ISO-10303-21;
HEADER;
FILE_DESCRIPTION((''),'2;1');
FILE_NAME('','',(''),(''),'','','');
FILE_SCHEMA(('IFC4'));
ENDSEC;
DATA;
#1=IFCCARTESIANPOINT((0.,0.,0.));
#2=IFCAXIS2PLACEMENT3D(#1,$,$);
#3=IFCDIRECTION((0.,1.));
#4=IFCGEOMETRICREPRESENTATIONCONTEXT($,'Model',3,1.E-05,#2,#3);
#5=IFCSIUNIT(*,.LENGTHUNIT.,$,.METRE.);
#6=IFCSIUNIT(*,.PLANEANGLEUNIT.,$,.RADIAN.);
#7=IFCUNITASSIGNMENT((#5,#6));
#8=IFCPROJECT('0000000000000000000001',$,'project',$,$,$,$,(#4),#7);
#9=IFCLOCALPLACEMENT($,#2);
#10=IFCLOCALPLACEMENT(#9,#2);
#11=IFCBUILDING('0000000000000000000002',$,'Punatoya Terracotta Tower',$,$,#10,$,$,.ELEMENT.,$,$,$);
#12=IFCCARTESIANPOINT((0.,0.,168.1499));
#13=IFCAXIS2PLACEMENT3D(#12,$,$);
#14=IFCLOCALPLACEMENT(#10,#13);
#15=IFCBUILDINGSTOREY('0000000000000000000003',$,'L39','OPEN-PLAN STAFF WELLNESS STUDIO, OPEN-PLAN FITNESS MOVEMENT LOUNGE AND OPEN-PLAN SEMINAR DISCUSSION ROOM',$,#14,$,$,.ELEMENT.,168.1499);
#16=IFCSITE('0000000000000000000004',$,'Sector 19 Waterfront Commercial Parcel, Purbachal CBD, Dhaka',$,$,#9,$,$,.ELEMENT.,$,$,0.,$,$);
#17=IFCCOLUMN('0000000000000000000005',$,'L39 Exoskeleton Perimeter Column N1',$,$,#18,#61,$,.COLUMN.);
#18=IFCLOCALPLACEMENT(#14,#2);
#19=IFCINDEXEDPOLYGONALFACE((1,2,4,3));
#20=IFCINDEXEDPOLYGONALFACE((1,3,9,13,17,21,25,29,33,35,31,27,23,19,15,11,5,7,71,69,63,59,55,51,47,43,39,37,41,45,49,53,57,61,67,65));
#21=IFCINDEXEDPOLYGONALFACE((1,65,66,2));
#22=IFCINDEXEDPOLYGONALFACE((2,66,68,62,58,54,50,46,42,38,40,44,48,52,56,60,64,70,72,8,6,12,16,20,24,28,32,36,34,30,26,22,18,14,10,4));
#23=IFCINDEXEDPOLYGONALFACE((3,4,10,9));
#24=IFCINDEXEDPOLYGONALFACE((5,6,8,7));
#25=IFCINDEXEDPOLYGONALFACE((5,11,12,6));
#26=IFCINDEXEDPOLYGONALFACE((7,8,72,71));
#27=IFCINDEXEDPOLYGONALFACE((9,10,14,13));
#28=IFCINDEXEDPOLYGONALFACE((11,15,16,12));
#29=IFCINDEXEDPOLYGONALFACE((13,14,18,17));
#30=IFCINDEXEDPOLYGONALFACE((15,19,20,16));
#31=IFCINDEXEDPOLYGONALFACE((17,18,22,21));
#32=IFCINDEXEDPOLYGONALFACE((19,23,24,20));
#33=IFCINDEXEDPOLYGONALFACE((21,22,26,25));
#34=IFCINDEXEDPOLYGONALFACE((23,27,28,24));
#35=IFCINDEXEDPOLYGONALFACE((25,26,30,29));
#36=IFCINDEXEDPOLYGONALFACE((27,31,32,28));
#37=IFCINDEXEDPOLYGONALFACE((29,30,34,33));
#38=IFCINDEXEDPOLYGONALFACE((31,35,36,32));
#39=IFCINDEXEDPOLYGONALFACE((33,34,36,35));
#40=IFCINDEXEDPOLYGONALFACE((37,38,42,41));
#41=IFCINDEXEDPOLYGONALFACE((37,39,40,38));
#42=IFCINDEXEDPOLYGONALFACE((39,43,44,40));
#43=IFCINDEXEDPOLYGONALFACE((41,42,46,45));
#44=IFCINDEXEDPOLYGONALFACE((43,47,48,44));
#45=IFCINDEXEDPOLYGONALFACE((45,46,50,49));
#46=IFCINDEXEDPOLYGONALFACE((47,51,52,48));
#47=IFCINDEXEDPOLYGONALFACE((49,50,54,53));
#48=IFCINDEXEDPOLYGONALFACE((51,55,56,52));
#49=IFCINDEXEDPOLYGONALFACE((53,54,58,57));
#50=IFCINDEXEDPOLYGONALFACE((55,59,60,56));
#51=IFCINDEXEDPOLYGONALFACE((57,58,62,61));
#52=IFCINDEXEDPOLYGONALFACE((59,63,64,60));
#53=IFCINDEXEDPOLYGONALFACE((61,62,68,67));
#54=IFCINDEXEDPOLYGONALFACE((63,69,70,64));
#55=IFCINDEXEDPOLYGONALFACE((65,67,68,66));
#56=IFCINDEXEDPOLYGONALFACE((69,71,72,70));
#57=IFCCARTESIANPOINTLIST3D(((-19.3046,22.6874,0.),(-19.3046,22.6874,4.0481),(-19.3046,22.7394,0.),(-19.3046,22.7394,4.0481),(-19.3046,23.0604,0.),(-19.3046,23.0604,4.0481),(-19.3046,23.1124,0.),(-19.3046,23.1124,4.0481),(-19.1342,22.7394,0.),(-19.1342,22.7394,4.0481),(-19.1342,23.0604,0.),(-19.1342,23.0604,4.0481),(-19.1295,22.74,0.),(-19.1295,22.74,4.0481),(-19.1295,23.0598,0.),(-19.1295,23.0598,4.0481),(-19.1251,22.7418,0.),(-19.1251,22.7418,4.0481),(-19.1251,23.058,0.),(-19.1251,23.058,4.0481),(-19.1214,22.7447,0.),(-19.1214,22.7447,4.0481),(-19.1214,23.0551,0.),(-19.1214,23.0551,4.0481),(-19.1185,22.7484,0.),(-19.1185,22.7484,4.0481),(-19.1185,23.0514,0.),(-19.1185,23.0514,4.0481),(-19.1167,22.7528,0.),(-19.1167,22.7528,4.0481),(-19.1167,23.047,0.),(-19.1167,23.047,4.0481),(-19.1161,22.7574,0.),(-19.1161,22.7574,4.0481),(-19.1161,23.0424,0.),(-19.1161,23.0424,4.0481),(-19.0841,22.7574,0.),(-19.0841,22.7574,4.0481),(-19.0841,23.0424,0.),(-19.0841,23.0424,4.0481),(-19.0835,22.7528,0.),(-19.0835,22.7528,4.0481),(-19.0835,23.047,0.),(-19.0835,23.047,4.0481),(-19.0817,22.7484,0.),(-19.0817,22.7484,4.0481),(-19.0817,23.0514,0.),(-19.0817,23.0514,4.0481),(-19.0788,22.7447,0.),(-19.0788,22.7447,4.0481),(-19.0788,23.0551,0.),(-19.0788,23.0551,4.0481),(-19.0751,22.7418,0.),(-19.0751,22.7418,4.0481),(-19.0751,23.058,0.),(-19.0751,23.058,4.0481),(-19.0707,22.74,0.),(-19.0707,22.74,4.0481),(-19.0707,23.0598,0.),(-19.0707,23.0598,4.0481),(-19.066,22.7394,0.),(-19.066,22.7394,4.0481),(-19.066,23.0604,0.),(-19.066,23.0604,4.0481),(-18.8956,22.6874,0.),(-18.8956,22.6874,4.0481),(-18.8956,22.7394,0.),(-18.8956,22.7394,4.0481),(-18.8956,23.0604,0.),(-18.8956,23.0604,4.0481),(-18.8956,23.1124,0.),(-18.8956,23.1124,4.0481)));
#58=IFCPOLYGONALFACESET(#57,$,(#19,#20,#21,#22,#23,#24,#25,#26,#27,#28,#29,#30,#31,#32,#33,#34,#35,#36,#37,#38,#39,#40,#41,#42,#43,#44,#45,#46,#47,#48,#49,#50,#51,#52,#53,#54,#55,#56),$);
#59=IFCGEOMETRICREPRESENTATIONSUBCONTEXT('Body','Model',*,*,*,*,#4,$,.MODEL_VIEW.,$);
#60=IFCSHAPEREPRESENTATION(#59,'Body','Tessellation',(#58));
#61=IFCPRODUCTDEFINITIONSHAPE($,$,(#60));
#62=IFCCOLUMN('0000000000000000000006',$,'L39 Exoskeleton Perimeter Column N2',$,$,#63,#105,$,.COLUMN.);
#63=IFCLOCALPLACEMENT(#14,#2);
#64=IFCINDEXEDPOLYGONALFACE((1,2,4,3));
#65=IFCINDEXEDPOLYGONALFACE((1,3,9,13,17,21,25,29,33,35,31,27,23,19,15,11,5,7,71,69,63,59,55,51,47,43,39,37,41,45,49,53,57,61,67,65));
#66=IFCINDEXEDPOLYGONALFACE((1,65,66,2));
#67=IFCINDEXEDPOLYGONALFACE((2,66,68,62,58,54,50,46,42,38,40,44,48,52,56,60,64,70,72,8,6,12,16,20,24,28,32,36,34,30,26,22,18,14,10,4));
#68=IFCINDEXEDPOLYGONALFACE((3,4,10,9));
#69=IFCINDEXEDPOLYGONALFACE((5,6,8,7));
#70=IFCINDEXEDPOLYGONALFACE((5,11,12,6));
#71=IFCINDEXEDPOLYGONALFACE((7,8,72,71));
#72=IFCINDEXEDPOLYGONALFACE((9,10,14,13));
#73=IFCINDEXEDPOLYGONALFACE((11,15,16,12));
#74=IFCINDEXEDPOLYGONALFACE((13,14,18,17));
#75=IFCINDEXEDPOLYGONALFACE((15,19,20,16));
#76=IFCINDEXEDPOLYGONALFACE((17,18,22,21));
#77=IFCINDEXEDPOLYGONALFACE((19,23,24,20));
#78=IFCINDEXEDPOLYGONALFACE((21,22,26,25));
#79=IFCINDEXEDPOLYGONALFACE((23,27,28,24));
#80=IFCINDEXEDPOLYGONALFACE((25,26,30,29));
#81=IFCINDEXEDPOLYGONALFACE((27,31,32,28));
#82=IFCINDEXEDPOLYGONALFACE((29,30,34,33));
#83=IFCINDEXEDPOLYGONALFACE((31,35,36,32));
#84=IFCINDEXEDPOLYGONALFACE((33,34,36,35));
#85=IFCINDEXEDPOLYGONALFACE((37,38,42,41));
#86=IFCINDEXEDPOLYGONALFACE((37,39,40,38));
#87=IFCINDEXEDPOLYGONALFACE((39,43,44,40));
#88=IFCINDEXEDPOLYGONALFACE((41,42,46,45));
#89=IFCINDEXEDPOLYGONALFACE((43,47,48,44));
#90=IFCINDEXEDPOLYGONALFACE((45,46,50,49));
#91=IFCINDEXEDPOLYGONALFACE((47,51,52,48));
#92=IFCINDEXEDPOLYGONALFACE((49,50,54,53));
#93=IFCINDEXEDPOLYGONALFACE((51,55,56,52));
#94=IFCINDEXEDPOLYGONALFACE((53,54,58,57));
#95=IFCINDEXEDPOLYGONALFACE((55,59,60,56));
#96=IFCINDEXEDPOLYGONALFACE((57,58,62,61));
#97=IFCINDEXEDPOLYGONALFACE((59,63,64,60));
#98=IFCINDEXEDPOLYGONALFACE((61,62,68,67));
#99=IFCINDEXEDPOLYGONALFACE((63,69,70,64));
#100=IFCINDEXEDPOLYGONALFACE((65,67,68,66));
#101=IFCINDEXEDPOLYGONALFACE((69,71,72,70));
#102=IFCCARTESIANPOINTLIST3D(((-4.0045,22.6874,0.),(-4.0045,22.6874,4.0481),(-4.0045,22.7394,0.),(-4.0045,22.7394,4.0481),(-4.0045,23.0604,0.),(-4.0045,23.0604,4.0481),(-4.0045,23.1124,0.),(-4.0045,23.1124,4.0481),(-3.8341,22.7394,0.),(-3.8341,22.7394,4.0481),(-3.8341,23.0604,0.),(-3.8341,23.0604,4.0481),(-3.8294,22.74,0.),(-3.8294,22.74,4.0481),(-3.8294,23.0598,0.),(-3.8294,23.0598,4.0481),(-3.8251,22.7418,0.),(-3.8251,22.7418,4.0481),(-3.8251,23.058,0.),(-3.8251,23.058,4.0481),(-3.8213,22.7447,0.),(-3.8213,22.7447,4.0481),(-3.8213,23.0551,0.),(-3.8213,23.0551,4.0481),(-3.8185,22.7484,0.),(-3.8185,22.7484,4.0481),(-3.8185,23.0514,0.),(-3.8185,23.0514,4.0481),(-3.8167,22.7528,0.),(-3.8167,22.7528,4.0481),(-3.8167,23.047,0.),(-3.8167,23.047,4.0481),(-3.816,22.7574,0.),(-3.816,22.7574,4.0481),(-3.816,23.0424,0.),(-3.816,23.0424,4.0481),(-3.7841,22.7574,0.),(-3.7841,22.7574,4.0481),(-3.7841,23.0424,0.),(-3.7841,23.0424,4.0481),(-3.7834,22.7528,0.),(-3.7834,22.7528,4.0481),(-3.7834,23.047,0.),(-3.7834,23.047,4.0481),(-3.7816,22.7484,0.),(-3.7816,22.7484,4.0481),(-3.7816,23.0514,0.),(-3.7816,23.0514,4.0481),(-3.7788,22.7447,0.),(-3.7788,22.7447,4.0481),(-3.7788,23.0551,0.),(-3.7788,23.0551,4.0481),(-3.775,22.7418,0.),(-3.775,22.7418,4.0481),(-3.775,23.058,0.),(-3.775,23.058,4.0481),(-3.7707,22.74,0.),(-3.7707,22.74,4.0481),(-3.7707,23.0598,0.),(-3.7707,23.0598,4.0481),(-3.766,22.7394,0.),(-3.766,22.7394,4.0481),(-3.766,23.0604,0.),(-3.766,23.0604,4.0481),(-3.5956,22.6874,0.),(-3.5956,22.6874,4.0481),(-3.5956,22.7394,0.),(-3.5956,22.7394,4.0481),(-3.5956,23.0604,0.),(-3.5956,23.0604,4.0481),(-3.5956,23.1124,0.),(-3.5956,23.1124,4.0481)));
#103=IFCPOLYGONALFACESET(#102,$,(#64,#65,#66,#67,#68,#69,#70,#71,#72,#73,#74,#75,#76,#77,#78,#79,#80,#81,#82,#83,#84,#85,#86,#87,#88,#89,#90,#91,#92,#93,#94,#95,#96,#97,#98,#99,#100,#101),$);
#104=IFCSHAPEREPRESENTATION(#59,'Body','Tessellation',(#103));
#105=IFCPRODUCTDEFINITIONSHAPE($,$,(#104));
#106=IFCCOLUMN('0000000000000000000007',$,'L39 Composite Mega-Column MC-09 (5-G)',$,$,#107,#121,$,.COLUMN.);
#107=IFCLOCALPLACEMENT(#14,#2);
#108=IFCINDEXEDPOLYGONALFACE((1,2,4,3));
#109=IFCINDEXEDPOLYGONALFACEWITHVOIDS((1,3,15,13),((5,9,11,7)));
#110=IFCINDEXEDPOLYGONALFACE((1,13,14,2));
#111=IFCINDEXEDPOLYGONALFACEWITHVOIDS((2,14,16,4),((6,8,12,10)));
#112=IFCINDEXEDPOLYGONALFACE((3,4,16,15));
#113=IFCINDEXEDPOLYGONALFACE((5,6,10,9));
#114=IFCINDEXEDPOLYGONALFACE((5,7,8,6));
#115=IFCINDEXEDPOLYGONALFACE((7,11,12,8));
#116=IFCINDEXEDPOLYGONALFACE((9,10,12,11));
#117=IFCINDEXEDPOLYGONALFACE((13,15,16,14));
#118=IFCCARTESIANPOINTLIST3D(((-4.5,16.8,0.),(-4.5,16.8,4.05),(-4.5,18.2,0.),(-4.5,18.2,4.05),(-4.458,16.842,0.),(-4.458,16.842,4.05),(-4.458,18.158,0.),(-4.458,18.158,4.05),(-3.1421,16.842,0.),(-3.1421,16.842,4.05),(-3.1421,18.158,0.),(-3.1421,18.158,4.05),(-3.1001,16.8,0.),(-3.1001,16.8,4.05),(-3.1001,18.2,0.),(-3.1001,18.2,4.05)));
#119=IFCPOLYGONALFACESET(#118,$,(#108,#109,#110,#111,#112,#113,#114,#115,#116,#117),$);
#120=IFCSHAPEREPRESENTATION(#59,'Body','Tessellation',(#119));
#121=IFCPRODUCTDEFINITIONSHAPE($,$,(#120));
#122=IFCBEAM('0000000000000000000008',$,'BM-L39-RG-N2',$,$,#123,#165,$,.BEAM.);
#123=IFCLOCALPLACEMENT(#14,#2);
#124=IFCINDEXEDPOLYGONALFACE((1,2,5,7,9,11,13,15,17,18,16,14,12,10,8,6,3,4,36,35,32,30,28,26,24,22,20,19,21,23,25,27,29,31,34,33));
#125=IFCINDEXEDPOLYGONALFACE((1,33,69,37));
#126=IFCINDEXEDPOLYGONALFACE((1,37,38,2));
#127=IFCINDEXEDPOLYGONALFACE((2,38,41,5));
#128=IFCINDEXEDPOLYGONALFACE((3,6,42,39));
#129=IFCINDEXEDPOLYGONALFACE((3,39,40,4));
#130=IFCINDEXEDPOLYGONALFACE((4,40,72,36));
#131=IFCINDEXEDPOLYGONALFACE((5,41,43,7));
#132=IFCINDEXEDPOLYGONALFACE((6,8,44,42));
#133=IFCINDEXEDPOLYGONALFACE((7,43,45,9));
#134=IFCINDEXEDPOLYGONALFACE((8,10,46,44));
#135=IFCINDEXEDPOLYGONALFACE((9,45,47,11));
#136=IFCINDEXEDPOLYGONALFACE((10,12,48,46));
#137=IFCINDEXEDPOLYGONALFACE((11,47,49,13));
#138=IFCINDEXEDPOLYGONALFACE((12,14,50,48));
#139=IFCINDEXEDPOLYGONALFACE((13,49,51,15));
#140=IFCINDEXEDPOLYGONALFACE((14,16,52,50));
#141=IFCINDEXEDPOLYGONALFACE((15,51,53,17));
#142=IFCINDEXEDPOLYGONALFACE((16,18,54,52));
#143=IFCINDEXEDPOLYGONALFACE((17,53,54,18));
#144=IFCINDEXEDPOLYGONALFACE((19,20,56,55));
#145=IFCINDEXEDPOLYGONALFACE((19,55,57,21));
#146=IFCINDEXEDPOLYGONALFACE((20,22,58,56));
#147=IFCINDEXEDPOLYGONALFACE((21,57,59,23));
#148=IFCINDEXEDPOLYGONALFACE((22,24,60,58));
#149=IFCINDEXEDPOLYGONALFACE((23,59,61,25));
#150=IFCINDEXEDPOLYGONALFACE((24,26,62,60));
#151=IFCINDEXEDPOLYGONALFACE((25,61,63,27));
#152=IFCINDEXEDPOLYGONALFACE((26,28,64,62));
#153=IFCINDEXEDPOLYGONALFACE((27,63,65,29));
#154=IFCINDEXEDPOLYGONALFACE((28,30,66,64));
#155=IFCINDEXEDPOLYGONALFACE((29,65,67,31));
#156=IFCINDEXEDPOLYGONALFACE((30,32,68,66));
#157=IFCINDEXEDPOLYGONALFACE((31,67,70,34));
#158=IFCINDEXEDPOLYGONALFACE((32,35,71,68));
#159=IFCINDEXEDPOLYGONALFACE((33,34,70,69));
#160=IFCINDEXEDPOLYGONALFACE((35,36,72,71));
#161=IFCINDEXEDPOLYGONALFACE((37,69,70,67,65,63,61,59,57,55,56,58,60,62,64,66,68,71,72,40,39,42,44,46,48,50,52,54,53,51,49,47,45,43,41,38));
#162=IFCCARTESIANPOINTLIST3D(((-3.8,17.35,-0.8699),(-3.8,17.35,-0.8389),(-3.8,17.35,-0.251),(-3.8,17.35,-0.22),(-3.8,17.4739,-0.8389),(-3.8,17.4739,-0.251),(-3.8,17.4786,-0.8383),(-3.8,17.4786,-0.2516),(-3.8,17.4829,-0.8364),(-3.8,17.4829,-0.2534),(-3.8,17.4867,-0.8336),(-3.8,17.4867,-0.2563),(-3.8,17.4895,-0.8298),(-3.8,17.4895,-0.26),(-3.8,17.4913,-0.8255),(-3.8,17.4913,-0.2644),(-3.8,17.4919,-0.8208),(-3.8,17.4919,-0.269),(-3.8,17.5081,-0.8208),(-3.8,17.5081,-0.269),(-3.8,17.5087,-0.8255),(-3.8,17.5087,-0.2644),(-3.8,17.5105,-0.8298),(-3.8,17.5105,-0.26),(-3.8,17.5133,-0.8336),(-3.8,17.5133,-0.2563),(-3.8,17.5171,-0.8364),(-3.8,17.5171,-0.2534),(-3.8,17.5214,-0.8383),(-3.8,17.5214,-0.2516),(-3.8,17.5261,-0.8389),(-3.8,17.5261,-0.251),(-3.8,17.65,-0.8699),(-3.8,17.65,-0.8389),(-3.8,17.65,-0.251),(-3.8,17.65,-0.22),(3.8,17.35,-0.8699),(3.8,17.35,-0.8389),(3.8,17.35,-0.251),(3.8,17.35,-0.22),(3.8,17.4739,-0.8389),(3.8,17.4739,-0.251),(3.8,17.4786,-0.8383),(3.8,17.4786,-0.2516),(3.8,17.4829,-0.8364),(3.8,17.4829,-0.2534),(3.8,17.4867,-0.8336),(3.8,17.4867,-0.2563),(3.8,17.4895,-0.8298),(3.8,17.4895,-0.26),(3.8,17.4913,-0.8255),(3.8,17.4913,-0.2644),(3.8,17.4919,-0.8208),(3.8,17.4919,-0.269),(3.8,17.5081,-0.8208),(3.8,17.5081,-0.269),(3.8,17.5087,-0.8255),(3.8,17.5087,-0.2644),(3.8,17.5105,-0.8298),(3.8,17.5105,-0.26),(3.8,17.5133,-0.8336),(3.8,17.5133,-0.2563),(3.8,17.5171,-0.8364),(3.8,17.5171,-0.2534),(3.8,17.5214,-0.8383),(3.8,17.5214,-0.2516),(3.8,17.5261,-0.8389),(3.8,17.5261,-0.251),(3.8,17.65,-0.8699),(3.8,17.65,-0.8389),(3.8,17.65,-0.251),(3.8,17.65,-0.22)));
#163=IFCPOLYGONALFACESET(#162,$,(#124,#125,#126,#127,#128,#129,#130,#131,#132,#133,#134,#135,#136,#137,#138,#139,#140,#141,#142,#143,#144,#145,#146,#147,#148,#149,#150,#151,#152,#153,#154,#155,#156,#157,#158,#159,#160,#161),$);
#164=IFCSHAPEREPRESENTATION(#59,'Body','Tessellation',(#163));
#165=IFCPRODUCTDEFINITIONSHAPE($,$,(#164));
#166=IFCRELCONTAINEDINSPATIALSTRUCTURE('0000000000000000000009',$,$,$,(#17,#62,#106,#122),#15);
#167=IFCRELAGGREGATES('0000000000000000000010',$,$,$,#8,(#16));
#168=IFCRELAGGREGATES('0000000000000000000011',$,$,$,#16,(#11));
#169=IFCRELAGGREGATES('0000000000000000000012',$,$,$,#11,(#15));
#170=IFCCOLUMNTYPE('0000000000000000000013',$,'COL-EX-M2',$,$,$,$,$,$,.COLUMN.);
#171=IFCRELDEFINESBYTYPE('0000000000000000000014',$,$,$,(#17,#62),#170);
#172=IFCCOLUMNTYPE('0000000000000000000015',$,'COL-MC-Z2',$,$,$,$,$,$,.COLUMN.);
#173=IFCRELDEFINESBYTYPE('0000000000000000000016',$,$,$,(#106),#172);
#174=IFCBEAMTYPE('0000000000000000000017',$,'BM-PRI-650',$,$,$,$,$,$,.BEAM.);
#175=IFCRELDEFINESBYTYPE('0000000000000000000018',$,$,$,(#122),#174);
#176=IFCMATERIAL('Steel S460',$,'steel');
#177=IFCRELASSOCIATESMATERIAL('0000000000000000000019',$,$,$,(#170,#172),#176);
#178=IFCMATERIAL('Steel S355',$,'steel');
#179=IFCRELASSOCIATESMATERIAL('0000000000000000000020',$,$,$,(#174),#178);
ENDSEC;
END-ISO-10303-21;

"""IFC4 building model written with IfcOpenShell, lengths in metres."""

from ifc_helpers import new_model, si_unit, direction, frame, origin, origin_2d, place, context, subcontext, project, spatial, hollow_rectangle, i_section, extrude, material, material_profile, profile_set, type_object, element, save


model = new_model("IFC4")

# Units and contexts
model_context = context("Model", 3, precision=1e-05, world=origin(), true_north=direction((0.0, 1.0)))
body_context = subcontext(model_context, "Body", "Model", "MODEL_VIEW")
ifc_project = project(units=[si_unit("LENGTHUNIT", "METRE"), si_unit("PLANEANGLEUNIT", "RADIAN")], contexts=[model_context])

# Site, building, storey
site_placement = place(None, origin())
site = spatial("IfcSite", under=ifc_project, at=site_placement, Name="Sector 19 Waterfront Commercial Parcel, Purbachal CBD, Dhaka", CompositionType="ELEMENT", RefElevation=0.0)
building_placement = place(site_placement, origin())
building = spatial("IfcBuilding", under=site, at=building_placement, Name="Punatoya Terracotta Tower", CompositionType="ELEMENT")
storey_placement = place(building_placement, frame((0.0, 0.0, 168.1499)))
storey = spatial("IfcBuildingStorey", under=building, at=storey_placement, Name="L39", Description="OPEN-PLAN STAFF WELLNESS STUDIO, OPEN-PLAN FITNESS MOVEMENT LOUNGE AND OPEN-PLAN SEMINAR DISCUSSION ROOM", CompositionType="ELEMENT", Elevation=168.1499)

# Columns
ifc_material_1 = material(Name="Steel S460", Category="steel")
ifc_material_profile_1 = material_profile(ifc_material_1, i_section(OverallWidth=0.4089, OverallDepth=0.425, WebThickness=0.032, FlangeThickness=0.052, FilletRadius=0.0181, at=origin_2d()))
ifc_profile_set_1 = profile_set([ifc_material_profile_1], Name="Steel S460")
column_type_1 = type_object("IfcColumnType", Name="COL-EX-M2", PredefinedType="COLUMN", material=ifc_profile_set_1)
for number, where, z_axis, x_axis, name in (
    (1, (-19.1001, 22.8999, 0.0), (0.0, 0.0, 1.0), (1.0, 0.0, 0.0), "L39 Exoskeleton Perimeter Column N1"),
    (2, (-3.8, 22.8999, 0.0), (0.0, 0.0, 1.0), (1.0, 0.0, 0.0), "L39 Exoskeleton Perimeter Column N2"),
):
    element("IfcColumn", number, at=place(storey_placement, frame(where, z_axis=z_axis, x_axis=x_axis)), inside=storey, type_object=column_type_1, Name=name, PredefinedType="COLUMN", context=body_context, shape_type="SweptSolid", body=[
        extrude(i_section(OverallWidth=0.4089, OverallDepth=0.425, WebThickness=0.032, FlangeThickness=0.052, FilletRadius=0.0181, at=origin_2d()), origin(), (0.0, 0.0, 1.0), 4.0481),
    ])
ifc_material_profile_2 = material_profile(ifc_material_1, hollow_rectangle(XDim=1.3999, YDim=1.3999, WallThickness=0.042, at=origin_2d()))
ifc_profile_set_2 = profile_set([ifc_material_profile_2], Name="Steel S460")
column_type_2 = type_object("IfcColumnType", Name="COL-MC-Z2", PredefinedType="COLUMN", material=ifc_profile_set_2)
column_placement = place(storey_placement, frame((-3.8, 17.5, 0.0), z_axis=(0.0, 0.0, 1.0), x_axis=(1.0, 0.0, 0.0)))
element("IfcColumn", 3, at=column_placement, inside=storey, type_object=column_type_2, Name="L39 Composite Mega-Column MC-09 (5-G)", PredefinedType="COLUMN", context=body_context, shape_type="SweptSolid", body=[
    extrude(hollow_rectangle(XDim=1.3999, YDim=1.3999, WallThickness=0.042, at=origin_2d()), origin(), (0.0, 0.0, 1.0), 4.05),
])

# Beam
ifc_material_2 = material(Name="Steel S355", Category="steel")
ifc_material_profile_3 = material_profile(ifc_material_2, i_section(OverallWidth=0.3, OverallDepth=0.6499, WebThickness=0.0161, FlangeThickness=0.031, FilletRadius=0.0181, at=origin_2d()))
ifc_profile_set_3 = profile_set([ifc_material_profile_3], Name="Steel S355")
beam_type_1 = type_object("IfcBeamType", Name="BM-PRI-650", PredefinedType="BEAM", material=ifc_profile_set_3)
beam_1_placement = place(storey_placement, frame((-3.8, 17.5, -0.5449), z_axis=(1.0, 0.0, 0.0), x_axis=(0.0, 1.0, 0.0)))
element("IfcBeam", 4, at=beam_1_placement, inside=storey, type_object=beam_type_1, Name="BM-L39-RG-N2", PredefinedType="BEAM", context=body_context, shape_type="SweptSolid", body=[
    extrude(i_section(OverallWidth=0.3, OverallDepth=0.6499, WebThickness=0.0161, FlangeThickness=0.031, FilletRadius=0.0181, at=origin_2d()), origin(), (0.0, 0.0, 1.0), 7.6001),
])

save(model, "model.ifc")
